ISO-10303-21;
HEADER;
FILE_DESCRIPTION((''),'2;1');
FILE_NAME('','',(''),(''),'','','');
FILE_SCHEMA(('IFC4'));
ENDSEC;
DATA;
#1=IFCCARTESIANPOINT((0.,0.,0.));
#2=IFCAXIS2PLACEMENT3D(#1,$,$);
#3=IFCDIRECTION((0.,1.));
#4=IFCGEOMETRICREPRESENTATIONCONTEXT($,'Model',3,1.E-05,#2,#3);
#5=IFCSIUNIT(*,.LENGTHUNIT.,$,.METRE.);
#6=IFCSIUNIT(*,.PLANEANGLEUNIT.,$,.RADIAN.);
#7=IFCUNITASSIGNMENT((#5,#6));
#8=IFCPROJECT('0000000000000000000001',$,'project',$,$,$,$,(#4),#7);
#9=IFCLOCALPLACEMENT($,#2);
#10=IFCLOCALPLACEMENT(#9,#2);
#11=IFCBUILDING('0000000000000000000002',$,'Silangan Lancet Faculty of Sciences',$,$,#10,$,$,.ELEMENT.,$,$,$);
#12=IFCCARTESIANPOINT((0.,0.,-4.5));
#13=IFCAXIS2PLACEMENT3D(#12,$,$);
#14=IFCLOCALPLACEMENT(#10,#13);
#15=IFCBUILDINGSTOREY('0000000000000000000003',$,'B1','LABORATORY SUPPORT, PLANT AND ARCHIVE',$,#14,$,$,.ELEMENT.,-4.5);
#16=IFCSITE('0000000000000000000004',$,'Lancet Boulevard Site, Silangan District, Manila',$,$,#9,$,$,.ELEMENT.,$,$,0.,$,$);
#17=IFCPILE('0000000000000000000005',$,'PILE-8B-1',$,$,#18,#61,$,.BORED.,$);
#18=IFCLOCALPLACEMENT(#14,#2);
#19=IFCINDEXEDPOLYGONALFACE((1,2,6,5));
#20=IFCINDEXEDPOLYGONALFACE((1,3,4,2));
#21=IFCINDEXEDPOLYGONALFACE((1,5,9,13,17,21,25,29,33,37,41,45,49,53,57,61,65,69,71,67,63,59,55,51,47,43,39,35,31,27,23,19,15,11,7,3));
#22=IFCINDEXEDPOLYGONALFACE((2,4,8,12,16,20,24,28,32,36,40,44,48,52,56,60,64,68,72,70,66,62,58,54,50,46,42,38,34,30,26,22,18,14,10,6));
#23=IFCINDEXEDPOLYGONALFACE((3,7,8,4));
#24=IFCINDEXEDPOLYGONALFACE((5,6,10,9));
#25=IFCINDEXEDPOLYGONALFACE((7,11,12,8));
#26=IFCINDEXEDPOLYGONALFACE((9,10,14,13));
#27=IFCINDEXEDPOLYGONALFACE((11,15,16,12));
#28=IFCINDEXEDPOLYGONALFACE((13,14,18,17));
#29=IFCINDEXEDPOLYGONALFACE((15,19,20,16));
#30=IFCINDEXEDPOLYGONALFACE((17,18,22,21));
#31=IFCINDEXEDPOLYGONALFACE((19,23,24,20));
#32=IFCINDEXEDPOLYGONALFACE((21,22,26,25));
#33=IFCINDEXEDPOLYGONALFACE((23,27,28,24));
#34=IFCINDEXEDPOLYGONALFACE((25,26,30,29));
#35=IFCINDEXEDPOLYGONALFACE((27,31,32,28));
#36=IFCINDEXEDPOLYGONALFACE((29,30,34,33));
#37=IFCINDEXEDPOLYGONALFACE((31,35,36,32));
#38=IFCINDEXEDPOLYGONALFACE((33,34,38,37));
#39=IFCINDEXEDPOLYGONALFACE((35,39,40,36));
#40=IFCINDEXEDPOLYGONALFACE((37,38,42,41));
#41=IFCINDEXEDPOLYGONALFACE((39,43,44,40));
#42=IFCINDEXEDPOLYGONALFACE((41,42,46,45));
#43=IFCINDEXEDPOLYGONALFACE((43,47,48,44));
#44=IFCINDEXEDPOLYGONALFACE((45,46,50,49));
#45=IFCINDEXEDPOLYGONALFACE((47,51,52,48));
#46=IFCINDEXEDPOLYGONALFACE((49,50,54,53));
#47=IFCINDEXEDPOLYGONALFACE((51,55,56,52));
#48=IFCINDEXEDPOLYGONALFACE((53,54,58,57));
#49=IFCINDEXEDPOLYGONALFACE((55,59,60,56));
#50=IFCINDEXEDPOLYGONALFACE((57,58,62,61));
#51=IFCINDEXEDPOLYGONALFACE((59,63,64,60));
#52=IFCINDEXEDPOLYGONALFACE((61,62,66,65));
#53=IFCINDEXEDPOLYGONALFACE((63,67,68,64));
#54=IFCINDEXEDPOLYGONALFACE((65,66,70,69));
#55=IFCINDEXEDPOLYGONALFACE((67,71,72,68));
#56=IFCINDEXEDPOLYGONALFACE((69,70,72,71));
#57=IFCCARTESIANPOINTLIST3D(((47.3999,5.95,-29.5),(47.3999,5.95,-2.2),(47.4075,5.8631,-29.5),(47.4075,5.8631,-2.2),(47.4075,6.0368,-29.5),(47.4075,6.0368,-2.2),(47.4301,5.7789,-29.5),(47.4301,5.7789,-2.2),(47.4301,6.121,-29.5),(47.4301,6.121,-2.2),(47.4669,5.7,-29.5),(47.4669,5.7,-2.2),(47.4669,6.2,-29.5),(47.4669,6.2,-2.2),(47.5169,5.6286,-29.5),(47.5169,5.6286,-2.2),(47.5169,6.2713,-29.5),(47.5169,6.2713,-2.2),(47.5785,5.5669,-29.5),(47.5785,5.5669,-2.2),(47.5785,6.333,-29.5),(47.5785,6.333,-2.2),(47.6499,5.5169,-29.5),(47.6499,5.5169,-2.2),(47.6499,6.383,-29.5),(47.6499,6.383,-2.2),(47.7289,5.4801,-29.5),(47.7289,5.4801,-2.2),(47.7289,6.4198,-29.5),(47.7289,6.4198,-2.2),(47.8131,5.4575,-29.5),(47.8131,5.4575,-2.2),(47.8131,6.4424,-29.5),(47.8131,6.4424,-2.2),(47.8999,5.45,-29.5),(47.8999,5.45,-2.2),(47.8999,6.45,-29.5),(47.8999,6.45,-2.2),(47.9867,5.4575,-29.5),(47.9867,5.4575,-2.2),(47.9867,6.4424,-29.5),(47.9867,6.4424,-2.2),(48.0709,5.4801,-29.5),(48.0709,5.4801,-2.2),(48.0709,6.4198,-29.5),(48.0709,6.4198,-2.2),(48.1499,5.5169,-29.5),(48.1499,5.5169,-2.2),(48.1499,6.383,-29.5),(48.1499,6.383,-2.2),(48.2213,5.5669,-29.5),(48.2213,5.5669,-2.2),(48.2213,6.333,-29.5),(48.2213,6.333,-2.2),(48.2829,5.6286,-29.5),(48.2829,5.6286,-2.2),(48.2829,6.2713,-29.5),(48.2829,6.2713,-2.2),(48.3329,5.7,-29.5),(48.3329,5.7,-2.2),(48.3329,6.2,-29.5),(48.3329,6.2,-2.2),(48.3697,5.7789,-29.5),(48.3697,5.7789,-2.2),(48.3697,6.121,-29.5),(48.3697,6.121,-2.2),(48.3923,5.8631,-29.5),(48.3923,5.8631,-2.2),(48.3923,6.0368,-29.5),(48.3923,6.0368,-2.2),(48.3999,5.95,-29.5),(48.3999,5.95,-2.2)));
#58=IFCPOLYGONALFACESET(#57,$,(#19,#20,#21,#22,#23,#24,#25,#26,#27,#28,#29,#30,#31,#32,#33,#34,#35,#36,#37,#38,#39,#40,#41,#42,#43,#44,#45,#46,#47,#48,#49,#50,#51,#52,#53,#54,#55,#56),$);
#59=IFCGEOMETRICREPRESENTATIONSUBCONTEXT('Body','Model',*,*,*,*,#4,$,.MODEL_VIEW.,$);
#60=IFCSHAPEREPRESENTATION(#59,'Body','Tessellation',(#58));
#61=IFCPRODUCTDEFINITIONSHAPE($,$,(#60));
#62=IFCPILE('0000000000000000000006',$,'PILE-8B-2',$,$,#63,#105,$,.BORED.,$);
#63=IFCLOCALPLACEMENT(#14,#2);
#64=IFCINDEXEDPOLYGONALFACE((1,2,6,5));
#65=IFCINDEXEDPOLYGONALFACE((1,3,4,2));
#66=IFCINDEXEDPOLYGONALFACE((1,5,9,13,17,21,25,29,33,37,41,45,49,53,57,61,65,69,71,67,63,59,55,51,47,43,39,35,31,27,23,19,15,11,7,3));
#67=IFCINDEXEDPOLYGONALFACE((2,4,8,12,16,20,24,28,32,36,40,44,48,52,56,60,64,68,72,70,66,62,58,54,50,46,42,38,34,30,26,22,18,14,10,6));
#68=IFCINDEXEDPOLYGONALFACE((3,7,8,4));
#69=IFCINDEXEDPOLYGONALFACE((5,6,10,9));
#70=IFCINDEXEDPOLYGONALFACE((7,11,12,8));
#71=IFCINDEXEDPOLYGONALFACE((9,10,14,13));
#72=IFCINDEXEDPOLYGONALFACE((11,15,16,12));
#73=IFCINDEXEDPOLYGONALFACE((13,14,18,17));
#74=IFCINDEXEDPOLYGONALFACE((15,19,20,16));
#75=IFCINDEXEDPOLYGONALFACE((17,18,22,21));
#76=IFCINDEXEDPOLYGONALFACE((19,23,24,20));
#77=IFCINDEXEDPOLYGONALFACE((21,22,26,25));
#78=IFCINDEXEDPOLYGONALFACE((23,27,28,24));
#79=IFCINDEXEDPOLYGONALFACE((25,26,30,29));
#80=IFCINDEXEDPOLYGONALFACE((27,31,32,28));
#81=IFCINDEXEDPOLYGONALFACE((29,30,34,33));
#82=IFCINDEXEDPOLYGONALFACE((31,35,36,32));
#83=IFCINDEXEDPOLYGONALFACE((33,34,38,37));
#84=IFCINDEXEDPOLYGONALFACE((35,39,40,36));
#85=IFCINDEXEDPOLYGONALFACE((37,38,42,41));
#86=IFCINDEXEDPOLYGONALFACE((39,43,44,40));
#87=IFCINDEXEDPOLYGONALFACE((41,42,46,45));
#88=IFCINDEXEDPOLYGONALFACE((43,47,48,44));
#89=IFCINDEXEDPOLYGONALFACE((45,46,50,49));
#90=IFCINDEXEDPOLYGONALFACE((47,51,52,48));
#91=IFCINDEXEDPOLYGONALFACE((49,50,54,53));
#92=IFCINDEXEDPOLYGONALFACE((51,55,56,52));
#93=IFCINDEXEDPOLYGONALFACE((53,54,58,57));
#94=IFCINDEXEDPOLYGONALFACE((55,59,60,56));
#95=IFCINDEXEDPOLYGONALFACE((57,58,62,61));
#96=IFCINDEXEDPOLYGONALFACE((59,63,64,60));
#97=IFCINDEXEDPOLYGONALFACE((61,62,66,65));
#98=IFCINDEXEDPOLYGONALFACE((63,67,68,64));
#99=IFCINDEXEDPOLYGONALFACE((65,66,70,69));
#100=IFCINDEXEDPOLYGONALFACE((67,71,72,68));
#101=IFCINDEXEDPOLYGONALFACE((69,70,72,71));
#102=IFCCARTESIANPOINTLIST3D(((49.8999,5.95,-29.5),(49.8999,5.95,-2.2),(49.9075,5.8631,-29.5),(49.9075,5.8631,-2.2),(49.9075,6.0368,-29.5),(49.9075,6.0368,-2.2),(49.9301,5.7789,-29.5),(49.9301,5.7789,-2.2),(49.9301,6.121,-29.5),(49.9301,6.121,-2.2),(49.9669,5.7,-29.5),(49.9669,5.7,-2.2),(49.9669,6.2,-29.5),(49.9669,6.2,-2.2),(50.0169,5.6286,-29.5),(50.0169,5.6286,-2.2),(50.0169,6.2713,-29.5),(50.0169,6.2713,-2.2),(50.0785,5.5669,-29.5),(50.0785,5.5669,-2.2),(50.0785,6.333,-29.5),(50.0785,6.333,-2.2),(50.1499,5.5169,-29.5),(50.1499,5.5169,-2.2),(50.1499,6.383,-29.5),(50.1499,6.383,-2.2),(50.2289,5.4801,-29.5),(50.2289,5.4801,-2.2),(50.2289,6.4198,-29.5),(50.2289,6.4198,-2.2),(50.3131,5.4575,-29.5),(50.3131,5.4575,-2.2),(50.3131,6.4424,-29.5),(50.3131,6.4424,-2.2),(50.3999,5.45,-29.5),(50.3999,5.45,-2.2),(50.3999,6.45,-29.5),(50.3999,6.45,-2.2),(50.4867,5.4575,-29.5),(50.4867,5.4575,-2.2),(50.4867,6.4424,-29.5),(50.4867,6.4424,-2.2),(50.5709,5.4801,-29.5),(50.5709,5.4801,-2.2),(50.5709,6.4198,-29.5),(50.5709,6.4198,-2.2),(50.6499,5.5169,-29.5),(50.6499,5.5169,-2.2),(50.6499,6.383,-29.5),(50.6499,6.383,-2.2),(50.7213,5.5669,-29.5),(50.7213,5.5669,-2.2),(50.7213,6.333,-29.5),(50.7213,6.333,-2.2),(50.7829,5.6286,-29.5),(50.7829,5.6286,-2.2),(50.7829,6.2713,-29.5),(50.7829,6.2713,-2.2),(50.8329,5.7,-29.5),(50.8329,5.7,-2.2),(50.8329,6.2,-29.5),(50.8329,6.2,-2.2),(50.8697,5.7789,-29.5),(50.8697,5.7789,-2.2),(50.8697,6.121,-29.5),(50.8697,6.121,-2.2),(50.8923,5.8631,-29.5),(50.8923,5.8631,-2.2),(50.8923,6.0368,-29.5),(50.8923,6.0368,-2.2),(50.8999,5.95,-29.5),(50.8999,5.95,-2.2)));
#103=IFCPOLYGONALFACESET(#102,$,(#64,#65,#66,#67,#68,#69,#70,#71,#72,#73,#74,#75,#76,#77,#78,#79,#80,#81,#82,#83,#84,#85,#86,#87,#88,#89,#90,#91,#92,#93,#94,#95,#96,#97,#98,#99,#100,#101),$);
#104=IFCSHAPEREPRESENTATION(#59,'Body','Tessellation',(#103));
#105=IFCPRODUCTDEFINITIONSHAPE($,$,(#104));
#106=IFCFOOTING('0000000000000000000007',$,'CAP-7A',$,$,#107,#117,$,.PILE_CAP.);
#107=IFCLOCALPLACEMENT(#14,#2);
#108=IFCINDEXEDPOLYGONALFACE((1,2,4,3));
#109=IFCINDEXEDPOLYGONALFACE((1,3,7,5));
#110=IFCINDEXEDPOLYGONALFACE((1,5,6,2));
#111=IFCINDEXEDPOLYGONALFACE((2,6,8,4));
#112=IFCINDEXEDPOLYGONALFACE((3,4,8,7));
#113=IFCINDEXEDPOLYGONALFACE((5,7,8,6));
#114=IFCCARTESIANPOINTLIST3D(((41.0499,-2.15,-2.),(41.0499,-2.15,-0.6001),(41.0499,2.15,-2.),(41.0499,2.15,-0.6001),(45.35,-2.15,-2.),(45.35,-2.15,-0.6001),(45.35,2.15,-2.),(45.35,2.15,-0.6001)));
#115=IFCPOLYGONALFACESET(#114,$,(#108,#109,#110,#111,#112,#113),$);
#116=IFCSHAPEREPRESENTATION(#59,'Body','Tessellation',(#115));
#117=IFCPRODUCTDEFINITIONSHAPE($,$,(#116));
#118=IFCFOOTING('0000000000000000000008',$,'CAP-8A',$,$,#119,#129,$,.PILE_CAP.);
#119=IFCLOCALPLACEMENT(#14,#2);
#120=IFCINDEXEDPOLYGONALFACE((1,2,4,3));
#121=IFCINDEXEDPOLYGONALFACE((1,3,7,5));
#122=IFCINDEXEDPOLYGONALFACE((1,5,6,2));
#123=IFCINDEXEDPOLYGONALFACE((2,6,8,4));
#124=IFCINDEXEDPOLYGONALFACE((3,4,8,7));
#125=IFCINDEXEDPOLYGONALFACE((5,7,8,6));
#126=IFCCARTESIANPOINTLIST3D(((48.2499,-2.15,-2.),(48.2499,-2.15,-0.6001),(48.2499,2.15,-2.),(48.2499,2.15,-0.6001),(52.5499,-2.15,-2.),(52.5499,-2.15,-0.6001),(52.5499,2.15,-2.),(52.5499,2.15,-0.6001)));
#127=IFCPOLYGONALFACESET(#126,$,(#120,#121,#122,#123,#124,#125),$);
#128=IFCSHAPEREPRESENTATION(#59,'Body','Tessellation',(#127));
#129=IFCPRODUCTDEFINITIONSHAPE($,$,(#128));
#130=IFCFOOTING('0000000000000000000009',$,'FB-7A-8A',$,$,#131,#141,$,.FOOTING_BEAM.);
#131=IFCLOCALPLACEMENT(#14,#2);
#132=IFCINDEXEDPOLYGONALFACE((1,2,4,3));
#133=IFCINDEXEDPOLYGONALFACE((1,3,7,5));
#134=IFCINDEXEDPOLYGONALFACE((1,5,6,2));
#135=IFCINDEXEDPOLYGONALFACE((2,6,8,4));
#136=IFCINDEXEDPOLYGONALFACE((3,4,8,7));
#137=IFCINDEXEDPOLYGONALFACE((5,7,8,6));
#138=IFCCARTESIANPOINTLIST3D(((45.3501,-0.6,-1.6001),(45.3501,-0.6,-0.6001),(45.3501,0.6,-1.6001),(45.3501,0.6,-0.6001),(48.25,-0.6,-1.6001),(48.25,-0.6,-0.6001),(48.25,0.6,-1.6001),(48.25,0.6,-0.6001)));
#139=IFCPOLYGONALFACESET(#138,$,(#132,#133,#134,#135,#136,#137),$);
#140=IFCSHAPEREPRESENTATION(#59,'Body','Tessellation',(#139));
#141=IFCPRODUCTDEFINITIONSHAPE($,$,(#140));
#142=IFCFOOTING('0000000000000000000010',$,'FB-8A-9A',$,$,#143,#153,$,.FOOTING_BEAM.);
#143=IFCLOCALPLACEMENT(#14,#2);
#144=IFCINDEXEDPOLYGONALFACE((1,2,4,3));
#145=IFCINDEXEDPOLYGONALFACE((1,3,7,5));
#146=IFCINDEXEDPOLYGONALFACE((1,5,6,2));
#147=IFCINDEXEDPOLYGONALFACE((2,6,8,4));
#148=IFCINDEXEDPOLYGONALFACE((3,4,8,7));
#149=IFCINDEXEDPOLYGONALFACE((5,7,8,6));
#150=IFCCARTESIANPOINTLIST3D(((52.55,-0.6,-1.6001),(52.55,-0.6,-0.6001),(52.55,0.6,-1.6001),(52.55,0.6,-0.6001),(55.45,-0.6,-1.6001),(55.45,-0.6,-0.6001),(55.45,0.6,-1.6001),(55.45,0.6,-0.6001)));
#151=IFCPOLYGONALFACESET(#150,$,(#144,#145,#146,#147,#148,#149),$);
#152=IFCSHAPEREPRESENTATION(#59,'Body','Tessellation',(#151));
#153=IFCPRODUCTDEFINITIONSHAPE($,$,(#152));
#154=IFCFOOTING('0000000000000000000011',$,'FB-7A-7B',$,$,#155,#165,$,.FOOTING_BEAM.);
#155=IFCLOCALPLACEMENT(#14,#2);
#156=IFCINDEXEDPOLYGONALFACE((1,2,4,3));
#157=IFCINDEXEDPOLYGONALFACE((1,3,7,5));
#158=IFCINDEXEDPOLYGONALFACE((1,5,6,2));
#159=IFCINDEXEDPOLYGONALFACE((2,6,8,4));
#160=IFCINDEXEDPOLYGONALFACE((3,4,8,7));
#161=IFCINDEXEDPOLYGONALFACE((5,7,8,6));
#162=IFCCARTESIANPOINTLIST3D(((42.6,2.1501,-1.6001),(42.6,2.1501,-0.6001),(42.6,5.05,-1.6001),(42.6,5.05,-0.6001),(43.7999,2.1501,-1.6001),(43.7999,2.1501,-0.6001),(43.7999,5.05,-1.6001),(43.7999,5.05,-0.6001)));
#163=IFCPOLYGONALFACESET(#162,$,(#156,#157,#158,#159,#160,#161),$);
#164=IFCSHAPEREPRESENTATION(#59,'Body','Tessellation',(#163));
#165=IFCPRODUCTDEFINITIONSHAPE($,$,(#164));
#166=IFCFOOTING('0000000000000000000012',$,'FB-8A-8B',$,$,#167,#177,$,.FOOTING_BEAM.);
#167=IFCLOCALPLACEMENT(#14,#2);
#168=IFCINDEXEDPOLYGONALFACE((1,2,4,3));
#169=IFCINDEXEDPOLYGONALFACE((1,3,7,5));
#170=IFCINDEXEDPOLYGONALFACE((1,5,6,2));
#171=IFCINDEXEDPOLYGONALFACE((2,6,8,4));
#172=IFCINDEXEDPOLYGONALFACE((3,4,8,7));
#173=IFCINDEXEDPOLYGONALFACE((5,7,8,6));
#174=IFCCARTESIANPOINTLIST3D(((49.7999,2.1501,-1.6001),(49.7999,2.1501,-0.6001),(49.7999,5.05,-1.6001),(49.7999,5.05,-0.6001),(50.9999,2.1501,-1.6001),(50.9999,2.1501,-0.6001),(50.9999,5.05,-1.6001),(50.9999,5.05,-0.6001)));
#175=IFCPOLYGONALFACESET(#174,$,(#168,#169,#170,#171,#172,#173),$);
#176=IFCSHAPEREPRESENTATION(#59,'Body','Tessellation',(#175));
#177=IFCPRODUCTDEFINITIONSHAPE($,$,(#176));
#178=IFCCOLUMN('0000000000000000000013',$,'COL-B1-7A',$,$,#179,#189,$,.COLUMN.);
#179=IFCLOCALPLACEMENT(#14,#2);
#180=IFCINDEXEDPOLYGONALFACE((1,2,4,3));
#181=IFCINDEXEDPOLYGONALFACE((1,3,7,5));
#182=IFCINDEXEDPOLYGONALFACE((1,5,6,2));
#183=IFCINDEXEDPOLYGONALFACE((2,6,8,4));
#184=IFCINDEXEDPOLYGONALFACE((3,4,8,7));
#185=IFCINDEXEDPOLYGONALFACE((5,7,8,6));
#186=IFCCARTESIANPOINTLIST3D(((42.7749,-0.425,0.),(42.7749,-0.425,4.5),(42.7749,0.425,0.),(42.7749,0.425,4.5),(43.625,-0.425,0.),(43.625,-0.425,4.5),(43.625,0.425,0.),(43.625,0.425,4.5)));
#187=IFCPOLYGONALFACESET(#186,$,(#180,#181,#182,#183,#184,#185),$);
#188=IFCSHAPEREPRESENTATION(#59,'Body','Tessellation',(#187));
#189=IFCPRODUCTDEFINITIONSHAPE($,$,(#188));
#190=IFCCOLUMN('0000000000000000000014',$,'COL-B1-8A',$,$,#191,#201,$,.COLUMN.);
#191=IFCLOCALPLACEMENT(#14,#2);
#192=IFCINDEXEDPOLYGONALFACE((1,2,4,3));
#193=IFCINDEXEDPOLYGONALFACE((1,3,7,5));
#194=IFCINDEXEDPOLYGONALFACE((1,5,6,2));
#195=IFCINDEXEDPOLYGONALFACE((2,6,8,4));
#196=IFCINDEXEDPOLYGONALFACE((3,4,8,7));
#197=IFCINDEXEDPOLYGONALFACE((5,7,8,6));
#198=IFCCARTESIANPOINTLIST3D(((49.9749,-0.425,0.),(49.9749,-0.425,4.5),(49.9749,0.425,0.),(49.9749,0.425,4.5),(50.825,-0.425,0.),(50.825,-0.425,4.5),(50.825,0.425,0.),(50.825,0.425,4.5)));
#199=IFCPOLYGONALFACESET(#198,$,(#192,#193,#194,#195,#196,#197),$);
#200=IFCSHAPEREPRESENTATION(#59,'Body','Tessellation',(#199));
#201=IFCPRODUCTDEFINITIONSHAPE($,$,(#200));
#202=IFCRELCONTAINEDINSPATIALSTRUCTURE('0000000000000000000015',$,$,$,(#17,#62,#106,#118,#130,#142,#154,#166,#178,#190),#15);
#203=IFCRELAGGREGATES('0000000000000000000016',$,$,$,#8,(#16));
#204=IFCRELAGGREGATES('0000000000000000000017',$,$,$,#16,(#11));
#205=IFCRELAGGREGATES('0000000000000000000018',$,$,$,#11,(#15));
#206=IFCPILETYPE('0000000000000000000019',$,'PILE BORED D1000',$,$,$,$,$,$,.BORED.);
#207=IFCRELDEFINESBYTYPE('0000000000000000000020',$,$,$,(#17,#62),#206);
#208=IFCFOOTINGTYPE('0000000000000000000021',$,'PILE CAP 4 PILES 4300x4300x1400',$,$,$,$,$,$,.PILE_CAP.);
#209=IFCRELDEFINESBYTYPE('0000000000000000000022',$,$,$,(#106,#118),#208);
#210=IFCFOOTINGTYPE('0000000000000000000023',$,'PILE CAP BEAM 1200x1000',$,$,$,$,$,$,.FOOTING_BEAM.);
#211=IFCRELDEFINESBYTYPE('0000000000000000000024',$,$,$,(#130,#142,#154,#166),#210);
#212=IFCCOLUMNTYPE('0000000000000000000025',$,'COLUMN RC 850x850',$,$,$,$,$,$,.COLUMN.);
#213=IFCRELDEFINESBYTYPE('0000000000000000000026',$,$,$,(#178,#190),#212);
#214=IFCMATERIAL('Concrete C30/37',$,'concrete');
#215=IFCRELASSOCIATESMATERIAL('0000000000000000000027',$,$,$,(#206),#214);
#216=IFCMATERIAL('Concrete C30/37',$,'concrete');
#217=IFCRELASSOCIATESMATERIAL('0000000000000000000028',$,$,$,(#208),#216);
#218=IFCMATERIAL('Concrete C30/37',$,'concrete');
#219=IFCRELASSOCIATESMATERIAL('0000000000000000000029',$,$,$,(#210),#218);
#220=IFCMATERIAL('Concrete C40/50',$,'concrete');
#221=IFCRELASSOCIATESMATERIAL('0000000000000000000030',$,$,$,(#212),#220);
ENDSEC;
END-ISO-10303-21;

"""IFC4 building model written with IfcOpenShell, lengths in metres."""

from ifc_helpers import new_model, si_unit, direction, frame, origin, origin_2d, place, context, subcontext, project, spatial, rectangle, circle, extrude, material, material_profile, profile_set, type_object, element, save


model = new_model("IFC4")

# Units and contexts
model_context = context("Model", 3, precision=1e-05, world=origin(), true_north=direction((0.0, 1.0)))
body_context = subcontext(model_context, "Body", "Model", "MODEL_VIEW")
ifc_project = project(units=[si_unit("LENGTHUNIT", "METRE"), si_unit("PLANEANGLEUNIT", "RADIAN")], contexts=[model_context])

# Site, building, storey
site_placement = place(None, origin())
site = spatial("IfcSite", under=ifc_project, at=site_placement, Name="Lancet Boulevard Site, Silangan District, Manila", CompositionType="ELEMENT", RefElevation=0.0)
building_placement = place(site_placement, origin())
building = spatial("IfcBuilding", under=site, at=building_placement, Name="Silangan Lancet Faculty of Sciences", CompositionType="ELEMENT")
storey_placement = place(building_placement, frame((0.0, 0.0, -4.5)))
storey = spatial("IfcBuildingStorey", under=building, at=storey_placement, Name="B1", Description="LABORATORY SUPPORT, PLANT AND ARCHIVE", CompositionType="ELEMENT", Elevation=-4.5)

# Piles
ifc_material_1 = material(Name="Concrete C30/37", Category="concrete")
ifc_material_profile_1 = material_profile(ifc_material_1, circle(Radius=0.5, at=origin_2d()), Name="BORED PILE D1000")
ifc_profile_set_1 = profile_set([ifc_material_profile_1], Name="Concrete C30/37")
pile_type = type_object("IfcPileType", Name="PILE BORED D1000", PredefinedType="BORED", material=ifc_profile_set_1)
for number, where, z_axis, x_axis, name in (
    (1, (47.8999, 5.95, -2.2), (0.0, 0.0, -1.0), (1.0, 0.0, 0.0), "PILE-8B-1"),
    (2, (50.3999, 5.95, -2.2), (0.0, 0.0, -1.0), (1.0, 0.0, 0.0), "PILE-8B-2"),
):
    element("IfcPile", number, at=place(storey_placement, frame(where, z_axis=z_axis, x_axis=x_axis)), inside=storey, type_object=pile_type, Name=name, PredefinedType="BORED", context=body_context, shape_type="SweptSolid", body=[
        extrude(circle(Radius=0.5, at=origin_2d()), origin(), (0.0, 0.0, 1.0), 27.3),
    ])

# Footings
ifc_material_2 = material(Name="Concrete C30/37", Category="concrete")
footing_type_1 = type_object("IfcFootingType", Name="PILE CAP 4 PILES 4300x4300x1400", PredefinedType="PILE_CAP", material=ifc_material_2)
for number, where, z_axis, x_axis, name in (
    (3, (43.2, 0.0, -2.0), (0.0, 0.0, 1.0), (1.0, 0.0, 0.0), "CAP-7A"),
    (4, (50.3999, 0.0, -2.0), (0.0, 0.0, 1.0), (1.0, 0.0, 0.0), "CAP-8A"),
):
    element("IfcFooting", number, at=place(storey_placement, frame(where, z_axis=z_axis, x_axis=x_axis)), inside=storey, type_object=footing_type_1, Name=name, PredefinedType="PILE_CAP", context=body_context, shape_type="SweptSolid", body=[
        extrude(rectangle(XDim=4.3, YDim=4.3, at=origin_2d()), origin(), (0.0, 0.0, 1.0), 1.3999),
    ])
ifc_material_3 = material(Name="Concrete C30/37", Category="concrete")
footing_type_2 = type_object("IfcFootingType", Name="PILE CAP BEAM 1200x1000", PredefinedType="FOOTING_BEAM", material=ifc_material_3)
for number, where, z_axis, x_axis, name in (
    (5, (46.8, 0.0, -1.6001), (0.0, 0.0, 1.0), (1.0, 0.0, 0.0), "FB-7A-8A"),
    (6, (54.0, 0.0, -1.6001), (0.0, 0.0, 1.0), (1.0, 0.0, 0.0), "FB-8A-9A"),
    (7, (43.2, 3.6001, -1.6001), (0.0, 0.0, 1.0), (0.0, 1.0, 0.0), "FB-7A-7B"),
    (8, (50.3999, 3.6001, -1.6001), (0.0, 0.0, 1.0), (0.0, 1.0, 0.0), "FB-8A-8B"),
):
    element("IfcFooting", number, at=place(storey_placement, frame(where, z_axis=z_axis, x_axis=x_axis)), inside=storey, type_object=footing_type_2, Name=name, PredefinedType="FOOTING_BEAM", context=body_context, shape_type="SweptSolid", body=[
        extrude(rectangle(XDim=2.8999, YDim=1.2, at=origin_2d()), origin(), (0.0, 0.0, 1.0), 1.0),
    ])

# Columns
ifc_material_4 = material(Name="Concrete C40/50", Category="concrete")
ifc_material_profile_2 = material_profile(ifc_material_4, rectangle(XDim=0.8501, YDim=0.8501, at=origin_2d()), Name="RC 850x850")
ifc_profile_set_2 = profile_set([ifc_material_profile_2], Name="Concrete C40/50")
column_type = type_object("IfcColumnType", Name="COLUMN RC 850x850", PredefinedType="COLUMN", material=ifc_profile_set_2)
for number, where, z_axis, x_axis, name in (
    (9, (43.2, 0.0, 0.0), (0.0, 0.0, 1.0), (1.0, 0.0, 0.0), "COL-B1-7A"),
    (10, (50.3999, 0.0, 0.0), (0.0, 0.0, 1.0), (1.0, 0.0, 0.0), "COL-B1-8A"),
):
    element("IfcColumn", number, at=place(storey_placement, frame(where, z_axis=z_axis, x_axis=x_axis)), inside=storey, type_object=column_type, Name=name, PredefinedType="COLUMN", context=body_context, shape_type="SweptSolid", body=[
        extrude(rectangle(XDim=0.8501, YDim=0.8501, at=origin_2d()), origin(), (0.0, 0.0, 1.0), 4.5),
    ])

save(model, "model.ifc")
